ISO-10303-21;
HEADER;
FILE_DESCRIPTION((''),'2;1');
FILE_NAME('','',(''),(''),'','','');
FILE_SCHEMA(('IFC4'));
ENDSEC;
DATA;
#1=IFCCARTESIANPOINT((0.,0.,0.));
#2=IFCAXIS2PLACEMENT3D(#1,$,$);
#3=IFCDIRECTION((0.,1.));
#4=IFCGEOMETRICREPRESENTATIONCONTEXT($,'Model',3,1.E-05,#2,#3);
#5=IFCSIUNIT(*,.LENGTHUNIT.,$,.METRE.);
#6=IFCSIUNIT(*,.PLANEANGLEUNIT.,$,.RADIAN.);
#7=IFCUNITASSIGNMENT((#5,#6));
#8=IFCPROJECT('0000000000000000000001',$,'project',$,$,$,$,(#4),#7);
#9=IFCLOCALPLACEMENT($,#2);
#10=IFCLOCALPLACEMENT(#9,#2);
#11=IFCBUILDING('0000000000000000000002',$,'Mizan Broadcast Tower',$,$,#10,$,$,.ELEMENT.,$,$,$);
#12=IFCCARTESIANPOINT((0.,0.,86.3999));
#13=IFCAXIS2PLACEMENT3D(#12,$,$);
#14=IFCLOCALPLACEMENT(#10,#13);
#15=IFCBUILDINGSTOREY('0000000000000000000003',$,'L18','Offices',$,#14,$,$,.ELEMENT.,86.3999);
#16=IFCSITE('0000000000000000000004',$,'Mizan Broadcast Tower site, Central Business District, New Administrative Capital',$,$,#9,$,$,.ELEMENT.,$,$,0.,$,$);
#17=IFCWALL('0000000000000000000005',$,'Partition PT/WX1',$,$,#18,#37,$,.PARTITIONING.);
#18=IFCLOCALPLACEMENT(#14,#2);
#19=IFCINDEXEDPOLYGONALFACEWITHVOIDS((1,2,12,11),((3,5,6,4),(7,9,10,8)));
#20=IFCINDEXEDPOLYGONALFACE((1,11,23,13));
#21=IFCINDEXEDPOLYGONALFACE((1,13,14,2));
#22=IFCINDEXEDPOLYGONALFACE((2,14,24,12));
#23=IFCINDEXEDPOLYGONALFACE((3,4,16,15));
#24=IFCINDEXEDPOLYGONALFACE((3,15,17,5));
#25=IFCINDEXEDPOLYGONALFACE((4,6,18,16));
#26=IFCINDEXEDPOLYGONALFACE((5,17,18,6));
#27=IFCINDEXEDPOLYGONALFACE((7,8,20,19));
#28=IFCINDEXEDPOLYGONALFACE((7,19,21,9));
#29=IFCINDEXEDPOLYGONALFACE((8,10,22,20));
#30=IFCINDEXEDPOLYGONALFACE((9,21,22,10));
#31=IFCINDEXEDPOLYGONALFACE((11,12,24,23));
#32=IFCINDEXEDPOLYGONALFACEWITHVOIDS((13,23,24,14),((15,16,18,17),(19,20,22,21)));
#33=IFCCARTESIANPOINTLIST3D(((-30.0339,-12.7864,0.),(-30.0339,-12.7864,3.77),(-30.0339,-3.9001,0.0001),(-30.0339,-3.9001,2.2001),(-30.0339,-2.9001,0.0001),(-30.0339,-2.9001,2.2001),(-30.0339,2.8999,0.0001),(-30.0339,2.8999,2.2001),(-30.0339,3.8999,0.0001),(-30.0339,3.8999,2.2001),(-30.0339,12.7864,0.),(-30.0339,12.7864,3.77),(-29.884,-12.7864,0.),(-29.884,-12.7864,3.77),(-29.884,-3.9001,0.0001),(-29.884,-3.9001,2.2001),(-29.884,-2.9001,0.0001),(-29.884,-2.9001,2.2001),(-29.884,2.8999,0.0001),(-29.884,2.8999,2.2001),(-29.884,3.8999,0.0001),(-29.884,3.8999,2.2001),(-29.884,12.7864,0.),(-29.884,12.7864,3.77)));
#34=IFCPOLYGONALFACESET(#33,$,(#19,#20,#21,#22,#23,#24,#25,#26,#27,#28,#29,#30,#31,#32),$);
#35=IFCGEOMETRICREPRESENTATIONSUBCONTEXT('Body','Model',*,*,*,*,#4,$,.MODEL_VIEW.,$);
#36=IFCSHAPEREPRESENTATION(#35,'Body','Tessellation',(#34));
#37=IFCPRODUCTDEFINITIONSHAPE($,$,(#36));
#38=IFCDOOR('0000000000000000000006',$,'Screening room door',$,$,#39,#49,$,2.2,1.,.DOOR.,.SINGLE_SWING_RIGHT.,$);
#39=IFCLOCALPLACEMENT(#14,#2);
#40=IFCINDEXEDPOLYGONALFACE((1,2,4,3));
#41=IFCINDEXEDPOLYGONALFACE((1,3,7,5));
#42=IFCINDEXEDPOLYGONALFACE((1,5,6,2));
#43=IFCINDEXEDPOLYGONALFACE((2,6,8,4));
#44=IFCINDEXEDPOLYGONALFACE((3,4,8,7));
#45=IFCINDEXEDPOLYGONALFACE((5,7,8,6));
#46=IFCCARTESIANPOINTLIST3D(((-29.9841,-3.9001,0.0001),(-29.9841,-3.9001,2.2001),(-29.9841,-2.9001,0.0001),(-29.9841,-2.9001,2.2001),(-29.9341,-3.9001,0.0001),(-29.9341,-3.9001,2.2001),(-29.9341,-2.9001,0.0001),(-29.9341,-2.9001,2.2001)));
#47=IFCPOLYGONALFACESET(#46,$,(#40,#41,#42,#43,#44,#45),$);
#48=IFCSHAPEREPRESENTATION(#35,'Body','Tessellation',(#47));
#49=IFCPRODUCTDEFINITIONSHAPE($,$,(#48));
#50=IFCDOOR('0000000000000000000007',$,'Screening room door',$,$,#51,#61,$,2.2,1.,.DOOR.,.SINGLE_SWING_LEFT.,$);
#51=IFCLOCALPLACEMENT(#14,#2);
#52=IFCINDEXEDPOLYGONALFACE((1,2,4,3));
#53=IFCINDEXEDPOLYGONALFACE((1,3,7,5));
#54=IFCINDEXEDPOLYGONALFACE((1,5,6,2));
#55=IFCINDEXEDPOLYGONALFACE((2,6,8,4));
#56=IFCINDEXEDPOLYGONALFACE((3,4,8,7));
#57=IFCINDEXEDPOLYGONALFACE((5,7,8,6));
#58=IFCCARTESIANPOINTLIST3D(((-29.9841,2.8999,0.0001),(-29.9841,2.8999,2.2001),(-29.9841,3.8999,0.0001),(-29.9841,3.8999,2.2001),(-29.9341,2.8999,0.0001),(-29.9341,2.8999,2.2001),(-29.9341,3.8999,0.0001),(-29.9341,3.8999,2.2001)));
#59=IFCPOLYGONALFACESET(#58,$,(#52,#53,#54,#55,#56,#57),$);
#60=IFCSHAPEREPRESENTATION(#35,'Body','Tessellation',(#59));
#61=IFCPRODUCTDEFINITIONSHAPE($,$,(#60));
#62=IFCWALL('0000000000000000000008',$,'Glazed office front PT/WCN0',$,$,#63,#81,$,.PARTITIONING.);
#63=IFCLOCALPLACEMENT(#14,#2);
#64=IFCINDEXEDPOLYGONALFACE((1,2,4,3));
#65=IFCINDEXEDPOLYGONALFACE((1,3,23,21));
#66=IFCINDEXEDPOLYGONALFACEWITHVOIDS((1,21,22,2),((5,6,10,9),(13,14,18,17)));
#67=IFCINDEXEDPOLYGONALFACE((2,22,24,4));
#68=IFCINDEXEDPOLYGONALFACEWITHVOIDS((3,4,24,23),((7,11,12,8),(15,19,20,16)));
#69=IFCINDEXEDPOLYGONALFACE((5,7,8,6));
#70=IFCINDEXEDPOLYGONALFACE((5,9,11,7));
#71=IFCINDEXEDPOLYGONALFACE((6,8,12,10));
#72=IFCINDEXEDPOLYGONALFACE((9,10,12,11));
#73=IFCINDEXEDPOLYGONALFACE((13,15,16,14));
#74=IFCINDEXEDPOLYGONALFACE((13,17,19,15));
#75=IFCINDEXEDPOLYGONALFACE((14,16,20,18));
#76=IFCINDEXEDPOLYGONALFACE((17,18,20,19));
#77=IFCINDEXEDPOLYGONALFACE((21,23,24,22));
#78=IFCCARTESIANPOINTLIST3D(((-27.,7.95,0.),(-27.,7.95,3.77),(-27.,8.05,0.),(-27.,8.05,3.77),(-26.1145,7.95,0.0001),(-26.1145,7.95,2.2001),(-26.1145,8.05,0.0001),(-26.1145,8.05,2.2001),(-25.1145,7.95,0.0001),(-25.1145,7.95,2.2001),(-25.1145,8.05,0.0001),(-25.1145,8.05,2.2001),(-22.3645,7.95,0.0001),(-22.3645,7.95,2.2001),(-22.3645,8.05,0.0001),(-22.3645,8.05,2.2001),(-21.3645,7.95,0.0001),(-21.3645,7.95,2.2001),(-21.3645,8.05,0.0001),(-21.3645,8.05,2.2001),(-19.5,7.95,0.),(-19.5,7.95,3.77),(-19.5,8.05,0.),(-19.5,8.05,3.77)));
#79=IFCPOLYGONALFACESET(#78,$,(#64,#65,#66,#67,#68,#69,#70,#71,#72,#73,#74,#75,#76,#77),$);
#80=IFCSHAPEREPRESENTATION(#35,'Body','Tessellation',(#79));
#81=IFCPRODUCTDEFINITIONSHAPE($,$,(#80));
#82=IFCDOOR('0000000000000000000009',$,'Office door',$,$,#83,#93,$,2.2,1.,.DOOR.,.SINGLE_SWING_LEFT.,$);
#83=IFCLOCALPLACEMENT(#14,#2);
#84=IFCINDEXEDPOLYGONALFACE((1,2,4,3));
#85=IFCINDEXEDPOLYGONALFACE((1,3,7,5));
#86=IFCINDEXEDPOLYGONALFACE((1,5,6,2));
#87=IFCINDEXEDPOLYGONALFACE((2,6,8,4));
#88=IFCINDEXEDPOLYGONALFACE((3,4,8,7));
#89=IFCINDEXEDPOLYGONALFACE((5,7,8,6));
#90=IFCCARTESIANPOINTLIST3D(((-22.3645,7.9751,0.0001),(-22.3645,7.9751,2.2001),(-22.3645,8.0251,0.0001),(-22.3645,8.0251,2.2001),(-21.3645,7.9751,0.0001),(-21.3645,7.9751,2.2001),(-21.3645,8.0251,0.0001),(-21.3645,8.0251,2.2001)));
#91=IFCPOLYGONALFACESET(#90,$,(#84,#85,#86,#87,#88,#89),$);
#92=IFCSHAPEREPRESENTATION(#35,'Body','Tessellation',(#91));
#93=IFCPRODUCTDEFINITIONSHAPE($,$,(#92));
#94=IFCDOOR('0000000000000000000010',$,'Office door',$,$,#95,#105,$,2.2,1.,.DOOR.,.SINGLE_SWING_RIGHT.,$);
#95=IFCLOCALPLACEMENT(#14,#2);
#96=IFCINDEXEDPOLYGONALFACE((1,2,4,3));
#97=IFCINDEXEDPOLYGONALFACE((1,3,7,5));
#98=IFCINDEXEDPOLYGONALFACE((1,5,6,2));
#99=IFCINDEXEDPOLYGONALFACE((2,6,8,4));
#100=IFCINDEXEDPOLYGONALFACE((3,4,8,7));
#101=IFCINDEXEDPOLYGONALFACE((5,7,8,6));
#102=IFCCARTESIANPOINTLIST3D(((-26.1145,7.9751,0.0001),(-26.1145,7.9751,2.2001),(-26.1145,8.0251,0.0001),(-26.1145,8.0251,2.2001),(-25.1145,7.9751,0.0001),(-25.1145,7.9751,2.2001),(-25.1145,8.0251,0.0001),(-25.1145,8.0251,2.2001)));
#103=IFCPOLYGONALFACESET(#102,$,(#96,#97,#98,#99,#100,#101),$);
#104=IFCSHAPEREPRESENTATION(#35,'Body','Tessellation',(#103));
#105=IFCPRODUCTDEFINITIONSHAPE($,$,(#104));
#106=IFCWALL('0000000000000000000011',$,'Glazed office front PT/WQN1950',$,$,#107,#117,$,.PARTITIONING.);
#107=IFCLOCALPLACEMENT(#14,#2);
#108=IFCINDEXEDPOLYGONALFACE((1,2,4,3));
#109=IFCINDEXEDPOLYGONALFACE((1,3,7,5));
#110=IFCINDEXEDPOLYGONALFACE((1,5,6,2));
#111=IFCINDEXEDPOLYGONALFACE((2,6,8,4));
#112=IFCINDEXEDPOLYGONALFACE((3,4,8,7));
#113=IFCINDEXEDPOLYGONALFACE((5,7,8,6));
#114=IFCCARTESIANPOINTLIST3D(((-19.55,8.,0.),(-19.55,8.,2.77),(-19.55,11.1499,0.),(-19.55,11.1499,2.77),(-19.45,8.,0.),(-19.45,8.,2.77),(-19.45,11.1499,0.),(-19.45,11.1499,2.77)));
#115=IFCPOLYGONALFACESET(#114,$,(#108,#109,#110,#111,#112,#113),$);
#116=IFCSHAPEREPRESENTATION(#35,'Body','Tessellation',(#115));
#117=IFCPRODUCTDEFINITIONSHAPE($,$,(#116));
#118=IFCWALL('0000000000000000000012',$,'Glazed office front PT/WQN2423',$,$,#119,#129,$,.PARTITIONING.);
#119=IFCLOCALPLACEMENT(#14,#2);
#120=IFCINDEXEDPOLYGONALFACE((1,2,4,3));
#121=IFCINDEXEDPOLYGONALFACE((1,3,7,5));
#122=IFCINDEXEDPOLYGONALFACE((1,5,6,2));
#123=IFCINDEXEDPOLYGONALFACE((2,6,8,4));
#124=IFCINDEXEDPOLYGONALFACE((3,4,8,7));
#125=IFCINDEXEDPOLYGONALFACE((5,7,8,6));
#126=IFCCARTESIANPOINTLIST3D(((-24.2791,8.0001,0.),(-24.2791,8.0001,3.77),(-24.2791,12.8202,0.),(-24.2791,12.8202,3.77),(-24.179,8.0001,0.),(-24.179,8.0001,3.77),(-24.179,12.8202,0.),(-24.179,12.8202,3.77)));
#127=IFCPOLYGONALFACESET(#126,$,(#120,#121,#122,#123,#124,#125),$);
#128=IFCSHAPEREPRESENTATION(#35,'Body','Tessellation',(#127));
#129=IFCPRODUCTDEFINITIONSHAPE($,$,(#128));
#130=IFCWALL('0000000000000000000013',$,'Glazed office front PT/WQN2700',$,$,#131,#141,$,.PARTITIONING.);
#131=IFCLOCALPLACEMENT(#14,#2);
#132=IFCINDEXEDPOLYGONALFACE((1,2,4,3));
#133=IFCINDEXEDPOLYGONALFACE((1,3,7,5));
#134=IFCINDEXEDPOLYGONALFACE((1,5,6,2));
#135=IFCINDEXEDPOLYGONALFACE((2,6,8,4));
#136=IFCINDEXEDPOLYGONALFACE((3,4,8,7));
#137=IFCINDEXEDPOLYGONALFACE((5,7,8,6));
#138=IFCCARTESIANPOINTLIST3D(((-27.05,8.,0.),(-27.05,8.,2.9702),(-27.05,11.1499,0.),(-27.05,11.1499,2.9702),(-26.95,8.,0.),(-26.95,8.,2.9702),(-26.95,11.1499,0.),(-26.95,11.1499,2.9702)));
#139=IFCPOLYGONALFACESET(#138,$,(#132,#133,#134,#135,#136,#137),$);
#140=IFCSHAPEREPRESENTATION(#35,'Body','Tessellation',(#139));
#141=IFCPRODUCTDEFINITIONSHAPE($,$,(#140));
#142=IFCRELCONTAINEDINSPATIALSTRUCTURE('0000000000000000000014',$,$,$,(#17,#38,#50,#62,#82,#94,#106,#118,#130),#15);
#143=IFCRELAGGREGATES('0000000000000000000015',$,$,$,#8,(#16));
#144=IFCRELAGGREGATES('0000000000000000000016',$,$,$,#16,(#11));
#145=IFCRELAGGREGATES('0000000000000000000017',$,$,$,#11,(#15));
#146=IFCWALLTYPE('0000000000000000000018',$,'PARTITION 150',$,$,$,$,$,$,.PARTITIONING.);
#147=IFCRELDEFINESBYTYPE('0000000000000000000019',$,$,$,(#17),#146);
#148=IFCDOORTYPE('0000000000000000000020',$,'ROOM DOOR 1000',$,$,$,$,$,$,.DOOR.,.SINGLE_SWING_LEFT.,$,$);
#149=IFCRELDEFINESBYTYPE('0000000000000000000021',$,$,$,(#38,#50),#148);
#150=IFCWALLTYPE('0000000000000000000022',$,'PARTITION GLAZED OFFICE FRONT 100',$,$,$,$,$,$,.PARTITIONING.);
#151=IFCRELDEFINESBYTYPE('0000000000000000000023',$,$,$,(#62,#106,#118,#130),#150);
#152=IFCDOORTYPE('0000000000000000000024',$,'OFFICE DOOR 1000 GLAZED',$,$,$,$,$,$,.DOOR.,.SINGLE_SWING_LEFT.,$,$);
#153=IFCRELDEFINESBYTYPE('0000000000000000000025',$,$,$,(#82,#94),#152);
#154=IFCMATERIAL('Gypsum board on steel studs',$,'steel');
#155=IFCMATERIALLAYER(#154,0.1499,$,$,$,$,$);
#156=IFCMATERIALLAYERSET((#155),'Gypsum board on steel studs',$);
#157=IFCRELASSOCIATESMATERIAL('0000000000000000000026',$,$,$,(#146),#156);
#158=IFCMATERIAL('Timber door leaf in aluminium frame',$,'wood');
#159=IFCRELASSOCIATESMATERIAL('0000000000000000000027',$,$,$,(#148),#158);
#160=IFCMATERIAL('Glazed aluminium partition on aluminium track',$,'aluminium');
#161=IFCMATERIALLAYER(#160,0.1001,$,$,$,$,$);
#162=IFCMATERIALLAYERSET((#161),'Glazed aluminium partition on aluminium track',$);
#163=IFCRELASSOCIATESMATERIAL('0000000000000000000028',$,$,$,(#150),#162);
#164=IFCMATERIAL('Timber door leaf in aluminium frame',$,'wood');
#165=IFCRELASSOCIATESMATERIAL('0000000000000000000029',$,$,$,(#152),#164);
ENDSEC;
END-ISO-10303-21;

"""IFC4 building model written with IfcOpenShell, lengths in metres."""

from ifc_helpers import new_model, si_unit, direction, frame, frame_2d, origin, place, context, subcontext, project, spatial, rectangle, extrude, material, layer, layer_set, type_object, element, fill, save


model = new_model("IFC4")

# Units and contexts
model_context = context("Model", 3, precision=1e-05, world=origin(), true_north=direction((0.0, 1.0)))
body_context = subcontext(model_context, "Body", "Model", "MODEL_VIEW")
ifc_project = project(units=[si_unit("LENGTHUNIT", "METRE"), si_unit("PLANEANGLEUNIT", "RADIAN")], contexts=[model_context])

# Site, building, storey
site_placement = place(None, origin())
site = spatial("IfcSite", under=ifc_project, at=site_placement, Name="Mizan Broadcast Tower site, Central Business District, New Administrative Capital", CompositionType="ELEMENT", RefElevation=0.0)
building_placement = place(site_placement, origin())
building = spatial("IfcBuilding", under=site, at=building_placement, Name="Mizan Broadcast Tower", CompositionType="ELEMENT")
storey_placement = place(building_placement, frame((0.0, 0.0, 86.3999)))
storey = spatial("IfcBuildingStorey", under=building, at=storey_placement, Name="L18", Description="Offices", CompositionType="ELEMENT", Elevation=86.3999)

# Walls, openings, doors
ifc_material_1 = material(Name="Gypsum board on steel studs", Category="steel")
ifc_layer_1 = layer(ifc_material_1, 0.1499)
ifc_layer_set_1 = layer_set([ifc_layer_1], Name="Gypsum board on steel studs")
wall_type_1 = type_object("IfcWallType", Name="PARTITION 150", PredefinedType="PARTITIONING", material=ifc_layer_set_1)
wall_1_placement = place(storey_placement, frame((-29.959, 12.7864, 0.0), z_axis=(0.0, 0.0, 1.0), x_axis=(0.0, -1.0, 0.0)))
wall_1 = element("IfcWall", 1, at=wall_1_placement, inside=storey, type_object=wall_type_1, Name="Partition PT/WX1", PredefinedType="PARTITIONING", context=body_context, shape_type="SweptSolid", body=[
    extrude(rectangle(XDim=25.5728, YDim=0.1499, at=frame_2d((12.7864, 0.0))), origin(), (0.0, 0.0, 1.0), 3.77),
])
opening_1_placement = place(wall_1_placement, frame((15.6865, 0.0, 0.0)))
opening_1 = element("IfcOpeningElement", 2, at=opening_1_placement, cuts=wall_1, PredefinedType="OPENING", context=body_context, shape_type="SweptSolid", body=[
    extrude(rectangle(XDim=1.0, YDim=2.2, at=frame_2d((0.5, 1.1001))), frame((0.0, 0.085, 0.0), z_axis=(0.0, -1.0, 0.0), x_axis=(1.0, 0.0, 0.0)), (0.0, 0.0, 1.0), 0.1699),
])
opening_2_placement = place(wall_1_placement, frame((8.8865, 0.0, 0.0)))
opening_2 = element("IfcOpeningElement", 3, at=opening_2_placement, cuts=wall_1, PredefinedType="OPENING", context=body_context, shape_type="SweptSolid", body=[
    extrude(rectangle(XDim=1.0, YDim=2.2, at=frame_2d((0.5, 1.1001))), frame((0.0, 0.085, 0.0), z_axis=(0.0, -1.0, 0.0), x_axis=(1.0, 0.0, 0.0)), (0.0, 0.0, 1.0), 0.1699),
])
ifc_material_2 = material(Name="Timber door leaf in aluminium frame", Category="wood")
door_type_1 = type_object("IfcDoorType", Name="ROOM DOOR 1000", OperationType="SINGLE_SWING_LEFT", PredefinedType="DOOR", material=ifc_material_2)
door_1_placement = place(opening_1_placement, origin())
door_1 = element("IfcDoor", 4, at=door_1_placement, inside=storey, type_object=door_type_1, Name="Screening room door", OperationType="SINGLE_SWING_RIGHT", OverallHeight=2.2, OverallWidth=1.0, PredefinedType="DOOR", context=body_context, shape_type="SweptSolid", body=[
    extrude(rectangle(XDim=1.0, YDim=2.2, at=frame_2d((0.5, 1.1001))), frame((0.0, 0.0249, 0.0), z_axis=(0.0, -1.0, 0.0), x_axis=(1.0, 0.0, 0.0)), (0.0, 0.0, 1.0), 0.05),
])
fill(opening_1, door_1)
door_2_placement = place(opening_2_placement, origin())
door_2 = element("IfcDoor", 5, at=door_2_placement, inside=storey, type_object=door_type_1, Name="Screening room door", OperationType="SINGLE_SWING_LEFT", OverallHeight=2.2, OverallWidth=1.0, PredefinedType="DOOR", context=body_context, shape_type="SweptSolid", body=[
    extrude(rectangle(XDim=1.0, YDim=2.2, at=frame_2d((0.5, 1.1001))), frame((0.0, 0.0249, 0.0), z_axis=(0.0, -1.0, 0.0), x_axis=(1.0, 0.0, 0.0)), (0.0, 0.0, 1.0), 0.05),
])
fill(opening_2, door_2)
ifc_material_3 = material(Name="Glazed aluminium partition on aluminium track", Category="aluminium")
ifc_layer_2 = layer(ifc_material_3, 0.1001)
ifc_layer_set_2 = layer_set([ifc_layer_2], Name="Glazed aluminium partition on aluminium track")
wall_type_2 = type_object("IfcWallType", Name="PARTITION GLAZED OFFICE FRONT 100", PredefinedType="PARTITIONING", material=ifc_layer_set_2)
wall_2_placement = place(storey_placement, frame((-19.5, 8.0, 0.0), z_axis=(0.0, 0.0, 1.0), x_axis=(-1.0, 0.0, 0.0)))
wall_2 = element("IfcWall", 6, at=wall_2_placement, inside=storey, type_object=wall_type_2, Name="Glazed office front PT/WCN0", PredefinedType="PARTITIONING", context=body_context, shape_type="SweptSolid", body=[
    extrude(rectangle(XDim=7.5, YDim=0.1001, at=frame_2d((3.75, 0.0))), origin(), (0.0, 0.0, 1.0), 3.77),
])
opening_3_placement = place(wall_2_placement, frame((1.8645, 0.0, 0.0)))
opening_3 = element("IfcOpeningElement", 7, at=opening_3_placement, cuts=wall_2, PredefinedType="OPENING", context=body_context, shape_type="SweptSolid", body=[
    extrude(rectangle(XDim=1.0, YDim=2.2, at=frame_2d((0.5, 1.1001))), frame((0.0, 0.0601, 0.0), z_axis=(0.0, -1.0, 0.0), x_axis=(1.0, 0.0, 0.0)), (0.0, 0.0, 1.0), 0.1201),
])
opening_4_placement = place(wall_2_placement, frame((5.6145, 0.0, 0.0)))
opening_4 = element("IfcOpeningElement", 8, at=opening_4_placement, cuts=wall_2, PredefinedType="OPENING", context=body_context, shape_type="SweptSolid", body=[
    extrude(rectangle(XDim=1.0, YDim=2.2, at=frame_2d((0.5, 1.1001))), frame((0.0, 0.0601, 0.0), z_axis=(0.0, -1.0, 0.0), x_axis=(1.0, 0.0, 0.0)), (0.0, 0.0, 1.0), 0.1201),
])
ifc_material_4 = material(Name="Timber door leaf in aluminium frame", Category="wood")
door_type_2 = type_object("IfcDoorType", Name="OFFICE DOOR 1000 GLAZED", OperationType="SINGLE_SWING_LEFT", PredefinedType="DOOR", material=ifc_material_4)
door_3_placement = place(opening_3_placement, origin())
door_3 = element("IfcDoor", 9, at=door_3_placement, inside=storey, type_object=door_type_2, Name="Office door", OperationType="SINGLE_SWING_LEFT", OverallHeight=2.2, OverallWidth=1.0, PredefinedType="DOOR", context=body_context, shape_type="SweptSolid", body=[
    extrude(rectangle(XDim=1.0, YDim=2.2, at=frame_2d((0.5, 1.1001))), frame((0.0, 0.0249, 0.0), z_axis=(0.0, -1.0, 0.0), x_axis=(1.0, 0.0, 0.0)), (0.0, 0.0, 1.0), 0.05),
])
fill(opening_3, door_3)
door_4_placement = place(opening_4_placement, origin())
door_4 = element("IfcDoor", 10, at=door_4_placement, inside=storey, type_object=door_type_2, Name="Office door", OperationType="SINGLE_SWING_RIGHT", OverallHeight=2.2, OverallWidth=1.0, PredefinedType="DOOR", context=body_context, shape_type="SweptSolid", body=[
    extrude(rectangle(XDim=1.0, YDim=2.2, at=frame_2d((0.5, 1.1001))), frame((0.0, 0.0249, 0.0), z_axis=(0.0, -1.0, 0.0), x_axis=(1.0, 0.0, 0.0)), (0.0, 0.0, 1.0), 0.05),
])
fill(opening_4, door_4)

# Walls
wall_3_placement = place(storey_placement, frame((-19.5, 8.0, 0.0), z_axis=(0.0, 0.0, 1.0), x_axis=(0.0, 1.0, 0.0)))
element("IfcWall", 11, at=wall_3_placement, inside=storey, type_object=wall_type_2, Name="Glazed office front PT/WQN1950", PredefinedType="PARTITIONING", context=body_context, shape_type="SweptSolid", body=[
    extrude(rectangle(XDim=3.1499, YDim=0.1001, at=frame_2d((1.575, 0.0))), origin(), (0.0, 0.0, 1.0), 2.77),
])
wall_4_placement = place(storey_placement, frame((-24.229, 8.0, 0.0), z_axis=(0.0, 0.0, 1.0), x_axis=(0.0, 1.0, 0.0)))
element("IfcWall", 12, at=wall_4_placement, inside=storey, type_object=wall_type_2, Name="Glazed office front PT/WQN2423", PredefinedType="PARTITIONING", context=body_context, shape_type="SweptSolid", body=[
    extrude(rectangle(XDim=4.8201, YDim=0.1001, at=frame_2d((2.4102, 0.0))), origin(), (0.0, 0.0, 1.0), 3.77),
])
wall_5_placement = place(storey_placement, frame((-27.0, 8.0, 0.0), z_axis=(0.0, 0.0, 1.0), x_axis=(0.0, 1.0, 0.0)))
element("IfcWall", 13, at=wall_5_placement, inside=storey, type_object=wall_type_2, Name="Glazed office front PT/WQN2700", PredefinedType="PARTITIONING", context=body_context, shape_type="SweptSolid", body=[
    extrude(rectangle(XDim=3.1499, YDim=0.1001, at=frame_2d((1.575, 0.0))), origin(), (0.0, 0.0, 1.0), 2.9702),
])

save(model, "model.ifc")
